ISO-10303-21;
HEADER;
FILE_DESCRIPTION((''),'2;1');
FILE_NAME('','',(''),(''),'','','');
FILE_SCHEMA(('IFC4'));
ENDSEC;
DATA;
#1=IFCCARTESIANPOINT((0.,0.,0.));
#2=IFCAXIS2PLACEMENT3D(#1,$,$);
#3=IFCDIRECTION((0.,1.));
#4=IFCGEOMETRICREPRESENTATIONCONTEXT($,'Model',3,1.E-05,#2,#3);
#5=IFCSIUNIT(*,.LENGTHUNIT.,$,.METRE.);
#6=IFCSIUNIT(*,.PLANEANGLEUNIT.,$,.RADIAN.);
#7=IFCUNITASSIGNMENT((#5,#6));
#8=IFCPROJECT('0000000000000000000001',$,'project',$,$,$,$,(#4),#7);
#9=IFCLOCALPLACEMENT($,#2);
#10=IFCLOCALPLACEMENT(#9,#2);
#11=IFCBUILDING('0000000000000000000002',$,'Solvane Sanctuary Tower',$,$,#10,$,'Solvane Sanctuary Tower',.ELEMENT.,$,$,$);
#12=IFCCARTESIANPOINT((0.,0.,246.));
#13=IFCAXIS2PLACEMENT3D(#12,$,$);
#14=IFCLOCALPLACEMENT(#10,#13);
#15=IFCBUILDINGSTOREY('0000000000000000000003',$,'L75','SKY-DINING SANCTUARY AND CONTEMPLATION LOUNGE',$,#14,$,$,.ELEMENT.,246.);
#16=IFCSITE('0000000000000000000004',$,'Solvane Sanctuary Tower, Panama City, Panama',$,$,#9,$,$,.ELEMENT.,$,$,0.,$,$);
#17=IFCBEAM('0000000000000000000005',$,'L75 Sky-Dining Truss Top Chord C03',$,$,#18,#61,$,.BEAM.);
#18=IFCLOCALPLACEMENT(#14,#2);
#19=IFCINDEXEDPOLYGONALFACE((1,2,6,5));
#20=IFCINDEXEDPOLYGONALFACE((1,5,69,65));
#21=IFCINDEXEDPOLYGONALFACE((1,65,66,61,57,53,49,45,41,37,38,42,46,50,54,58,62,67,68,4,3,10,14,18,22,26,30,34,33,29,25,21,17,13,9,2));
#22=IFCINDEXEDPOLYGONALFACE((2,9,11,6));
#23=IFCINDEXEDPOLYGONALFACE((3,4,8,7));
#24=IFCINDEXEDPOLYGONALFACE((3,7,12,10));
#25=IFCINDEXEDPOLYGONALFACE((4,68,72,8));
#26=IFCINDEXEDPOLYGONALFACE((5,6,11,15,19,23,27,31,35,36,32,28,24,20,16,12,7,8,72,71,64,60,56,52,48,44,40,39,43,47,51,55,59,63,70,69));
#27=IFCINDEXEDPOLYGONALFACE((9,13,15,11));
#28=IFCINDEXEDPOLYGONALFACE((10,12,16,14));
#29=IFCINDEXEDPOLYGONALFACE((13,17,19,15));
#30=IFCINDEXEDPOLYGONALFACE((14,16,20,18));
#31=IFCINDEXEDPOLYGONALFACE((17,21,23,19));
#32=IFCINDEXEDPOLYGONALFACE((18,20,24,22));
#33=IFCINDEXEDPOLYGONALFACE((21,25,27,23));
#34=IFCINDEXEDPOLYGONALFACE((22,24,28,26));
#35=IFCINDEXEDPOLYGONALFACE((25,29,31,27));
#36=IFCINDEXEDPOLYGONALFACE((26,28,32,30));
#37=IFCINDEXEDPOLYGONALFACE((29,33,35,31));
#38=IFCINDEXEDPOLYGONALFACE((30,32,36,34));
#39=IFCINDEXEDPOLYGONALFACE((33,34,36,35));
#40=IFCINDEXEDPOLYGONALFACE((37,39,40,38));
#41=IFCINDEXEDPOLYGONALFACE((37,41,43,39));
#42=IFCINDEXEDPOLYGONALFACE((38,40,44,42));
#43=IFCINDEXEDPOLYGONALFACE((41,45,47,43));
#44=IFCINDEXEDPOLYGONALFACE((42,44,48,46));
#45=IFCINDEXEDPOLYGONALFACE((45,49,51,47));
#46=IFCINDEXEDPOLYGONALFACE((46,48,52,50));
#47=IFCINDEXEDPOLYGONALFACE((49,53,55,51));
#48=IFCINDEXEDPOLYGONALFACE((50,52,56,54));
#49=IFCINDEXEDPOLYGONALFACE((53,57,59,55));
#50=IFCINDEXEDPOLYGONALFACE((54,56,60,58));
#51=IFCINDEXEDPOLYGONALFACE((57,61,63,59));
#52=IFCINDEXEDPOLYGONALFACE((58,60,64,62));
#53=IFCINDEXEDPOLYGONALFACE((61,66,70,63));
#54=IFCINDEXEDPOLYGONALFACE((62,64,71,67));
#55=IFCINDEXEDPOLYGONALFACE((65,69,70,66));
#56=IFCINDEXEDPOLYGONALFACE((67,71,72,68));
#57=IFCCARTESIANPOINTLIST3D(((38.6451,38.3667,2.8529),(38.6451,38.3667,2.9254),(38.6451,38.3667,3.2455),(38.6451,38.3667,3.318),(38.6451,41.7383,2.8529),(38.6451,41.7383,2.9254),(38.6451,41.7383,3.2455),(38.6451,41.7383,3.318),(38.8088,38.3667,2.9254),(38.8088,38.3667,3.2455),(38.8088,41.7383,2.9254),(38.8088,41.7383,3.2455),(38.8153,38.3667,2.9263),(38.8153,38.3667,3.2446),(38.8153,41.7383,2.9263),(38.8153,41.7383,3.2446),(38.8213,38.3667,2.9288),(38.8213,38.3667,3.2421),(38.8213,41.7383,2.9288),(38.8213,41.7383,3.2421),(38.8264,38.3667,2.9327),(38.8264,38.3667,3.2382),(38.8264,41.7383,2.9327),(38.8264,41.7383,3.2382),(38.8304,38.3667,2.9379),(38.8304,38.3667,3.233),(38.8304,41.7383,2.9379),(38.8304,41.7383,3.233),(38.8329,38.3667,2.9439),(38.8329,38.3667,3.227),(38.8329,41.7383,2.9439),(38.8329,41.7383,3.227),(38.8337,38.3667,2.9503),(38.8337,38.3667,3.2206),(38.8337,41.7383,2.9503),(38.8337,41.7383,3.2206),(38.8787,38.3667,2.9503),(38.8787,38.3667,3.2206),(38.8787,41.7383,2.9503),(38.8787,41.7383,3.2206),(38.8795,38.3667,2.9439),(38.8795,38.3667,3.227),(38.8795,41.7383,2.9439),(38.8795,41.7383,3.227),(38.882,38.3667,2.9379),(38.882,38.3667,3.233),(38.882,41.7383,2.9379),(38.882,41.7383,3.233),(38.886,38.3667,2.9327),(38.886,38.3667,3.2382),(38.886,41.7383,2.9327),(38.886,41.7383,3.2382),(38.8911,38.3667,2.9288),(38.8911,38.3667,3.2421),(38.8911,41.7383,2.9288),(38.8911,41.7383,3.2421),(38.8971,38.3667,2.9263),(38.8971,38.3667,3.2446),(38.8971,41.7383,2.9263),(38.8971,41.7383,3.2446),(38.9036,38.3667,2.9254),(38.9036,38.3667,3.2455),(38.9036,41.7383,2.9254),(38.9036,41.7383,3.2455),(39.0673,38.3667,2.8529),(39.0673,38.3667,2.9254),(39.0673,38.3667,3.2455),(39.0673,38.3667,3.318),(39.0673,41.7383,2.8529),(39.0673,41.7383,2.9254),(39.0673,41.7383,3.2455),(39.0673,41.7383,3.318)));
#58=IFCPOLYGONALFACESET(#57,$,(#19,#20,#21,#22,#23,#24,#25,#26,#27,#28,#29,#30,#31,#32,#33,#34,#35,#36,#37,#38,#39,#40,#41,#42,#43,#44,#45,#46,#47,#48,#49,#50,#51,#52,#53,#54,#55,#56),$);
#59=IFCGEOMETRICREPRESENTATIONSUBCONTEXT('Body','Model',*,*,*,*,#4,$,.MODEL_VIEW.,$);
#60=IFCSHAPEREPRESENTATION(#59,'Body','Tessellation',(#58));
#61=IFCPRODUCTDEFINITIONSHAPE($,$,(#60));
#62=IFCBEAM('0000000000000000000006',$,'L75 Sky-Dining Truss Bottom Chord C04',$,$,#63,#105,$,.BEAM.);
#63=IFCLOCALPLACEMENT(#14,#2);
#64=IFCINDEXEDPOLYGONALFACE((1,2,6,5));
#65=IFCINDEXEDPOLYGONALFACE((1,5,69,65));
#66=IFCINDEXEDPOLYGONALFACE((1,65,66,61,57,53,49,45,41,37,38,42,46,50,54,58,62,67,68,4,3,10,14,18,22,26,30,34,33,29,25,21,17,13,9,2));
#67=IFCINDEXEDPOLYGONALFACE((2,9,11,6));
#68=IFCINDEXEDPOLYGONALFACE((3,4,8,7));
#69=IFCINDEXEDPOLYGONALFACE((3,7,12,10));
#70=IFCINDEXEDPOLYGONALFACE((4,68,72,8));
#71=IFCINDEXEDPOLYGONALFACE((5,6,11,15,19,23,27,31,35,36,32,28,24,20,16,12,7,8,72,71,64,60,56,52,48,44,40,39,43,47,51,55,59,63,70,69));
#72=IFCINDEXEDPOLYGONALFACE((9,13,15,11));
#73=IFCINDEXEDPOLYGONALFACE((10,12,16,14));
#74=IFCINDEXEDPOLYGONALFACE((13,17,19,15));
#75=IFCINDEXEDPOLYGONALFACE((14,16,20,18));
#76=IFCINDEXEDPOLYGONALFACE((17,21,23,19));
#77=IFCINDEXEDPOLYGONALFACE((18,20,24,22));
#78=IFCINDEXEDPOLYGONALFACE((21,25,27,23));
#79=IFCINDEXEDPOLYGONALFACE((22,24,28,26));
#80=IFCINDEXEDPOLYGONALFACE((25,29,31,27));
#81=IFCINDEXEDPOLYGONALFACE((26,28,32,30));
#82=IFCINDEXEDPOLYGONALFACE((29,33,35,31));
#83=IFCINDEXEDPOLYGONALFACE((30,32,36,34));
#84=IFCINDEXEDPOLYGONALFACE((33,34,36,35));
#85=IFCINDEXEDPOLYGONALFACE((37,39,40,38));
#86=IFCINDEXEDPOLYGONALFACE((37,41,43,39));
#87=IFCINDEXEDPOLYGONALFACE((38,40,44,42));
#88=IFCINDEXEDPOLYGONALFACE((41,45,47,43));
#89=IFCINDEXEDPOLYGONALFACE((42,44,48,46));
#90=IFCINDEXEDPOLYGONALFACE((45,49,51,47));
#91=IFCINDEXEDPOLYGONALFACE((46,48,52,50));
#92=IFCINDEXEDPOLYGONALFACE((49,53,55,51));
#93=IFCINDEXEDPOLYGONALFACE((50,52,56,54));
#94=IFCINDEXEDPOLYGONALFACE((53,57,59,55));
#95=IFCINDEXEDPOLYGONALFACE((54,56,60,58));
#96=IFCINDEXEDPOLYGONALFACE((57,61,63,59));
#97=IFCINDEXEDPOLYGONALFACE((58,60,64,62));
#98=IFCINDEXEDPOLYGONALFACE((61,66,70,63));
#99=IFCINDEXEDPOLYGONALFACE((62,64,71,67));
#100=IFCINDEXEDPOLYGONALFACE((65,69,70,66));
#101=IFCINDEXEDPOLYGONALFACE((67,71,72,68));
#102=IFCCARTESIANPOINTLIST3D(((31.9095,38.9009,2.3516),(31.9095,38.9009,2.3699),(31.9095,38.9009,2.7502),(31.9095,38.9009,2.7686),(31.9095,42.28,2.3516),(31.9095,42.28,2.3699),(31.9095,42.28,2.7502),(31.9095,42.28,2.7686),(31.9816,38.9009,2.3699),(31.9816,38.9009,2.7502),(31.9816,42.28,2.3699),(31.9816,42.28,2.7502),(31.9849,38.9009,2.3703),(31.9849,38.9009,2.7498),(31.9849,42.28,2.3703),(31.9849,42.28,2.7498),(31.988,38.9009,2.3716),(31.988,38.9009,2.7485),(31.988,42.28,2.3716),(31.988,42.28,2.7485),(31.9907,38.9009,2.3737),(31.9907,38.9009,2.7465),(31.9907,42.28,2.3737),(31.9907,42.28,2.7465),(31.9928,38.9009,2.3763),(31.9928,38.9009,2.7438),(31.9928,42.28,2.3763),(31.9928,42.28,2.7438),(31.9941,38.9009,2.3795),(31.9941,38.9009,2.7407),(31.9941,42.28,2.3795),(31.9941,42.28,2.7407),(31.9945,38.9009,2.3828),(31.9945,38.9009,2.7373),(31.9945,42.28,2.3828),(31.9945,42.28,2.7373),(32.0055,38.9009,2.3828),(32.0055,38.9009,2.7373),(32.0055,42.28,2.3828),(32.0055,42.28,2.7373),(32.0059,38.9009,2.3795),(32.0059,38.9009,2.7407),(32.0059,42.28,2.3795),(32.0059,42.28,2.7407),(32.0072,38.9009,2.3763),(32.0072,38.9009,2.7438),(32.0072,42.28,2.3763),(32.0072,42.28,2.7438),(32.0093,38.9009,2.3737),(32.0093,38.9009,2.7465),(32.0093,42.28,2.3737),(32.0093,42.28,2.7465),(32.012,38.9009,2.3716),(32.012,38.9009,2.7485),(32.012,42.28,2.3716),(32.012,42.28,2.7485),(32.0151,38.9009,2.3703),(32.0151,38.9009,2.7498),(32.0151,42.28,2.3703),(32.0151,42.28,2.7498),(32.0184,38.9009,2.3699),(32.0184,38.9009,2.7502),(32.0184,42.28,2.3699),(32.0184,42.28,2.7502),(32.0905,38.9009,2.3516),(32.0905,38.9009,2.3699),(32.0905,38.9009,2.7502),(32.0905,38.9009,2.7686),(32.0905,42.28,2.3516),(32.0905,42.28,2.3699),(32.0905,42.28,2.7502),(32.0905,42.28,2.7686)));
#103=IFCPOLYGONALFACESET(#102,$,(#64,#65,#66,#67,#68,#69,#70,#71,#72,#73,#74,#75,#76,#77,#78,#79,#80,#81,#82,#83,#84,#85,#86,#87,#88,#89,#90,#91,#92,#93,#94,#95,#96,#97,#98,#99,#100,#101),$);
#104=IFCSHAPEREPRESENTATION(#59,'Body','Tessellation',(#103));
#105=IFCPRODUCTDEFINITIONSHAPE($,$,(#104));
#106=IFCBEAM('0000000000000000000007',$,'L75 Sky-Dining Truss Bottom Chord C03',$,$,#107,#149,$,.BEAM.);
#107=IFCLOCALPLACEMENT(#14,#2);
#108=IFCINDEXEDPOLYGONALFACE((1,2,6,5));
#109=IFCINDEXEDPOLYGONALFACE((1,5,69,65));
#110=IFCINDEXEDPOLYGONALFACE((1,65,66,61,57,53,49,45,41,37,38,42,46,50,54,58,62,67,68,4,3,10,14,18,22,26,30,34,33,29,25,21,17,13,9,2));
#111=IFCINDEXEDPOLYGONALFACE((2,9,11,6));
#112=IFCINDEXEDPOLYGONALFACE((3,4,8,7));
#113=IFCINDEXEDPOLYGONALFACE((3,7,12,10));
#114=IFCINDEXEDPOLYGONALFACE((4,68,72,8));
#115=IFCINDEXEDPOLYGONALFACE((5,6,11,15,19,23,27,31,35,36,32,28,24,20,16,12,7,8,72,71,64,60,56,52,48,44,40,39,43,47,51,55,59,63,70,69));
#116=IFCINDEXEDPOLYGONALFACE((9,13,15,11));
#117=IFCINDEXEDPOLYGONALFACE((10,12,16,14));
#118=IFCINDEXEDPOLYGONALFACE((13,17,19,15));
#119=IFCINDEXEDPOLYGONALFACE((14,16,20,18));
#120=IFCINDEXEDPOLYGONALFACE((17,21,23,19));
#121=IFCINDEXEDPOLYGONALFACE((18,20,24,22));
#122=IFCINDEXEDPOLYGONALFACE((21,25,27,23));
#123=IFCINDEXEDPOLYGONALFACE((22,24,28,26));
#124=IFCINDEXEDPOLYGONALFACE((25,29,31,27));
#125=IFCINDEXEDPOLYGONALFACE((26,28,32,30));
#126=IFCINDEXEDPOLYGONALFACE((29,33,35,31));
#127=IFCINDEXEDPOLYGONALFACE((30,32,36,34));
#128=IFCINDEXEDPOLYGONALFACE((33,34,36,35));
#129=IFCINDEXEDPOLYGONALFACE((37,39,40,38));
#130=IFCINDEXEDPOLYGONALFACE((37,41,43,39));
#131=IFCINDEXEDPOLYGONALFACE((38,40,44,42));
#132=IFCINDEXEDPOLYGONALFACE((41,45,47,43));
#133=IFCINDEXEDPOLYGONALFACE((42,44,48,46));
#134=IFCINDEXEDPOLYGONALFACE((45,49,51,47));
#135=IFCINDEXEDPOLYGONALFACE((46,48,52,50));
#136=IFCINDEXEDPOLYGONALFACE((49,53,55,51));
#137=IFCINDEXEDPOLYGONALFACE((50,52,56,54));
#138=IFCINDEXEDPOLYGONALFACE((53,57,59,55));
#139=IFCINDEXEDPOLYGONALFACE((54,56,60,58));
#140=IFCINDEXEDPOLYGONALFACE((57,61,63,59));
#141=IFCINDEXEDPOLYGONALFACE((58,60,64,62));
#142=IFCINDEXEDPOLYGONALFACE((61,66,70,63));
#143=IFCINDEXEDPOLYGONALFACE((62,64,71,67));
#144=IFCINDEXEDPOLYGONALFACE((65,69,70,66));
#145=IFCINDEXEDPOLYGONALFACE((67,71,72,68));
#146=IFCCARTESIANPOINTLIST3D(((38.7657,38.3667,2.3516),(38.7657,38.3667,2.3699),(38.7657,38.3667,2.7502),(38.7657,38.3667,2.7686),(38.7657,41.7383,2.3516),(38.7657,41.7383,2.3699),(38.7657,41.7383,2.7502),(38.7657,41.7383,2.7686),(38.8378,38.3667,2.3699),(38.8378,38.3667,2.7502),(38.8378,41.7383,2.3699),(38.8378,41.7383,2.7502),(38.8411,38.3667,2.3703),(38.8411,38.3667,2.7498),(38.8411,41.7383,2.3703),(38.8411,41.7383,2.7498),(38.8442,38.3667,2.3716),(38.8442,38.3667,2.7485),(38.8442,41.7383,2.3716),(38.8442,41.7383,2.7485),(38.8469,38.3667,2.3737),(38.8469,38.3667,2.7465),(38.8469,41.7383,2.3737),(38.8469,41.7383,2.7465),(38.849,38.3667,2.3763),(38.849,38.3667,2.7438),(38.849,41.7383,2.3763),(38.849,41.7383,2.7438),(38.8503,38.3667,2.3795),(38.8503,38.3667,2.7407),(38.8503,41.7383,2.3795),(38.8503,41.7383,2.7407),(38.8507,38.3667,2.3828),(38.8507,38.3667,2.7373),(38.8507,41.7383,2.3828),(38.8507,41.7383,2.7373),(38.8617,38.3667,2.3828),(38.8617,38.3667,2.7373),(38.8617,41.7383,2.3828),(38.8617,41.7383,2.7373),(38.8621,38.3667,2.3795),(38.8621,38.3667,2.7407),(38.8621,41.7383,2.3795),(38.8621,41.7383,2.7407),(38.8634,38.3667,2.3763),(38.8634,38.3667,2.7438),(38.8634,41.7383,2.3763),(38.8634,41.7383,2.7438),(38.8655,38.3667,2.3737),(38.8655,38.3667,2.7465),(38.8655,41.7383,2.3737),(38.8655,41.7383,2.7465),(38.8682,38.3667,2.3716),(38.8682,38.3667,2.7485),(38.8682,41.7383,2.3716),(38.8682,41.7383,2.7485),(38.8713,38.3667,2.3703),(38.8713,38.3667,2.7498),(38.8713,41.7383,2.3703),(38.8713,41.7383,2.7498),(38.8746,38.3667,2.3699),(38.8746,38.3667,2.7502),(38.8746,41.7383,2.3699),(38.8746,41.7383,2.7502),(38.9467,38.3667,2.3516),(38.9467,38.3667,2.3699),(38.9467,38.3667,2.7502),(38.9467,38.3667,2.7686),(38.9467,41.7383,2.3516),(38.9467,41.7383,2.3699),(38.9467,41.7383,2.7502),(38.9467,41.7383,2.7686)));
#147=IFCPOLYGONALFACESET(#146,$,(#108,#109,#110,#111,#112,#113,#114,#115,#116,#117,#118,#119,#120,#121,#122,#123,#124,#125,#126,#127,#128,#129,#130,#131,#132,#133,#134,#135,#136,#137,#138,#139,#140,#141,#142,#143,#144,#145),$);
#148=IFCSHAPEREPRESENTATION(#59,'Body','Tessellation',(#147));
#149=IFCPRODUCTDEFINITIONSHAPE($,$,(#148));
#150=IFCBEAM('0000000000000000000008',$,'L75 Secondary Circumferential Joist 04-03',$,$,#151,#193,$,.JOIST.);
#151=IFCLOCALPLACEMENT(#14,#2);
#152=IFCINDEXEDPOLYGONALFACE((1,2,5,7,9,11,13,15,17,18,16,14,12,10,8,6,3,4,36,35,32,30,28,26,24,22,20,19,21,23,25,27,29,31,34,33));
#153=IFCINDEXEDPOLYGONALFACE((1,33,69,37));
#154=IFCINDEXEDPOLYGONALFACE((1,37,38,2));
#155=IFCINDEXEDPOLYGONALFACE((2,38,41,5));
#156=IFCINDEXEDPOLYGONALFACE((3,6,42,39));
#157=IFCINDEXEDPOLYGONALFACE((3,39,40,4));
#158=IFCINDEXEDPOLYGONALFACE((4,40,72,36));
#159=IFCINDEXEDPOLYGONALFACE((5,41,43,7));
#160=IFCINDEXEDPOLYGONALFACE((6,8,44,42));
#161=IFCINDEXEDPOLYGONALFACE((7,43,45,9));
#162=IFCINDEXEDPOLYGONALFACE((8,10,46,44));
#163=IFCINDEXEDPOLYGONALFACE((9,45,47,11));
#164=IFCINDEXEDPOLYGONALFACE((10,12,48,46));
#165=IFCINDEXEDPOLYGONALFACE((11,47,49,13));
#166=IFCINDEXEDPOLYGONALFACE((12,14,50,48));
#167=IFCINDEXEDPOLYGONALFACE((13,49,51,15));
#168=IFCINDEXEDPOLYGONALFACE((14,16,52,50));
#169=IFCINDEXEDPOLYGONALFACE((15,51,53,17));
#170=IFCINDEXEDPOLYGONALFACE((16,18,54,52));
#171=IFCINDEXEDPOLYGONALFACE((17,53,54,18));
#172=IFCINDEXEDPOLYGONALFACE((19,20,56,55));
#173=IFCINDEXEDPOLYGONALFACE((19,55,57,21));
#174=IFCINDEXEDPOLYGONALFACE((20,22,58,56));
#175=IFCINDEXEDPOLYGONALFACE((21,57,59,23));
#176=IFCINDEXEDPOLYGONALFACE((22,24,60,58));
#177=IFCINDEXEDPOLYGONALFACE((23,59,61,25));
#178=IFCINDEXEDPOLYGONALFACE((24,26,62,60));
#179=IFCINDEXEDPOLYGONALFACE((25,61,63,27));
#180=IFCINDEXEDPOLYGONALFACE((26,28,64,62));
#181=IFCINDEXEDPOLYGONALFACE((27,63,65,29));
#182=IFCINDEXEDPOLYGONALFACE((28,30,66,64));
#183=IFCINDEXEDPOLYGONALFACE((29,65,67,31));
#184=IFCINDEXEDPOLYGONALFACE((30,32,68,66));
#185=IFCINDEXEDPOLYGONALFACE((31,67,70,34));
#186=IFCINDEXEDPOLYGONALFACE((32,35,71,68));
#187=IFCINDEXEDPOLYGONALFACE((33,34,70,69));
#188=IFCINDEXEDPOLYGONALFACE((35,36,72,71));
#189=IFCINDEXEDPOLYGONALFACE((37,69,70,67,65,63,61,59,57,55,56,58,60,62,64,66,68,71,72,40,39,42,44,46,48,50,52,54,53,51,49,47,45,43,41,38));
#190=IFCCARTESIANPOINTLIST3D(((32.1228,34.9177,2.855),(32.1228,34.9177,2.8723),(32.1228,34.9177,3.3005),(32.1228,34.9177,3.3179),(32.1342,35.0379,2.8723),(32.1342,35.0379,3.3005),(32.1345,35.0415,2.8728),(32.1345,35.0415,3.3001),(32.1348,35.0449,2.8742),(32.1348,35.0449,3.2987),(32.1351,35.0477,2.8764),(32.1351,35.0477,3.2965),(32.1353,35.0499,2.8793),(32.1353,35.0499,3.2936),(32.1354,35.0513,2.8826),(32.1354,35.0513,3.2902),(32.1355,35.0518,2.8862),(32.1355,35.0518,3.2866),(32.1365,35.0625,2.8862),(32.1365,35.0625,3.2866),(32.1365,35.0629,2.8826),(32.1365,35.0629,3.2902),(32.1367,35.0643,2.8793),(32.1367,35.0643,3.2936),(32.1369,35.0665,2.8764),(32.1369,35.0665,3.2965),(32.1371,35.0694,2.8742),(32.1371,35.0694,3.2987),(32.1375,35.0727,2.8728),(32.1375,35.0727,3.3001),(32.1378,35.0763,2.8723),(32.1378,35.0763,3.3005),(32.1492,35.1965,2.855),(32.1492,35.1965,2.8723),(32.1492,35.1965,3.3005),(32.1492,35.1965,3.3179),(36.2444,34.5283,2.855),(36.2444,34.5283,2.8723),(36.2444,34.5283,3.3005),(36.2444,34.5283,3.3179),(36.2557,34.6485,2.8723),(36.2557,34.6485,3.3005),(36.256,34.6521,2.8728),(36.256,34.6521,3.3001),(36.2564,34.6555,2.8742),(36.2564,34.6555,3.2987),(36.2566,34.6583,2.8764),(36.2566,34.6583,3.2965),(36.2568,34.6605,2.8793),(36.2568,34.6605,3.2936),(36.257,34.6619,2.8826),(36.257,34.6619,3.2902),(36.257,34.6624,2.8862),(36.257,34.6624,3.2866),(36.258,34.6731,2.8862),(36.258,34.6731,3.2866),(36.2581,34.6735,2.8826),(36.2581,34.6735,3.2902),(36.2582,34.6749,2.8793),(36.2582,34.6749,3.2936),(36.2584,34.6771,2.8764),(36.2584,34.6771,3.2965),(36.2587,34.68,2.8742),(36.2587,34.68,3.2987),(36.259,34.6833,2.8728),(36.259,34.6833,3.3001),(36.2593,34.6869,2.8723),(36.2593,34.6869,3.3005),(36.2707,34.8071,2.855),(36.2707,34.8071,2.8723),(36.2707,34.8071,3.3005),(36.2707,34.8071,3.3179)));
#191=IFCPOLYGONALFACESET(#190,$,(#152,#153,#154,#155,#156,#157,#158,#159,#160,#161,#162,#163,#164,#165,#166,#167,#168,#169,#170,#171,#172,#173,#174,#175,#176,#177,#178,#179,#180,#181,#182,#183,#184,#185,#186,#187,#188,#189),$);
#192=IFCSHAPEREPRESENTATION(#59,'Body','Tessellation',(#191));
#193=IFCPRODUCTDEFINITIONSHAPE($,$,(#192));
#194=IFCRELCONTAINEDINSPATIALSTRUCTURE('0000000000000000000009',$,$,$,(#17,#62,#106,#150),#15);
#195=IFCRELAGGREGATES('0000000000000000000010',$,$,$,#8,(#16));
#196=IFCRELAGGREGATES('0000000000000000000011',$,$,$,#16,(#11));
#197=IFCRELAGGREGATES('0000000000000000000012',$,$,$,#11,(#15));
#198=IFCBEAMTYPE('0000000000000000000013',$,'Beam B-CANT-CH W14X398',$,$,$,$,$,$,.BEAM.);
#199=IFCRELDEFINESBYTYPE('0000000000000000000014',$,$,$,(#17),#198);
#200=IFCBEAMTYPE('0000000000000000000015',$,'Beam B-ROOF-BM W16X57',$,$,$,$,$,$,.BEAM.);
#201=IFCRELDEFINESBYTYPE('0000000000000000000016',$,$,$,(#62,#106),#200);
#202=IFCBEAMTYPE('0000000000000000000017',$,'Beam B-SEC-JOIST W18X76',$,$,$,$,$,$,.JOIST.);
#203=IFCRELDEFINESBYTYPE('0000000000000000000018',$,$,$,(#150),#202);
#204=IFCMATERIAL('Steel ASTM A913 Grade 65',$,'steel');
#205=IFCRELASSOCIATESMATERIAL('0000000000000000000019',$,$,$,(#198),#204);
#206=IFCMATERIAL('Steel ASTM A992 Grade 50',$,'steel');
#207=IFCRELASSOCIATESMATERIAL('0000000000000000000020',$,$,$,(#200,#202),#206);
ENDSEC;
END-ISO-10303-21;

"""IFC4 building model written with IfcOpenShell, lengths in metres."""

from ifc_helpers import new_model, si_unit, direction, frame, origin, origin_2d, place, context, subcontext, project, spatial, i_section, extrude, material, material_profile, profile_set, type_object, element, save


model = new_model("IFC4")

# Units and contexts
model_context = context("Model", 3, precision=1e-05, world=origin(), true_north=direction((0.0, 1.0)))
body_context = subcontext(model_context, "Body", "Model", "MODEL_VIEW")
ifc_project = project(units=[si_unit("LENGTHUNIT", "METRE"), si_unit("PLANEANGLEUNIT", "RADIAN")], contexts=[model_context])

# Site, building, storey
site_placement = place(None, origin())
site = spatial("IfcSite", under=ifc_project, at=site_placement, Name="Solvane Sanctuary Tower, Panama City, Panama", CompositionType="ELEMENT", RefElevation=0.0)
building_placement = place(site_placement, origin())
building = spatial("IfcBuilding", under=site, at=building_placement, Name="Solvane Sanctuary Tower", LongName="Solvane Sanctuary Tower", CompositionType="ELEMENT")
storey_placement = place(building_placement, frame((0.0, 0.0, 246.0)))
storey = spatial("IfcBuildingStorey", under=building, at=storey_placement, Name="L75", Description="SKY-DINING SANCTUARY AND CONTEMPLATION LOUNGE", CompositionType="ELEMENT", Elevation=246.0)

# Shared definitions
ifc_material_1 = material(Name="Steel ASTM A913 Grade 65", Category="steel")

# Beams
ifc_material_profile_1 = material_profile(ifc_material_1, i_section(OverallWidth=0.4221, OverallDepth=0.4651, WebThickness=0.0449, FlangeThickness=0.0725, FilletRadius=0.0249, at=origin_2d()), Name="W14X398")
ifc_profile_set_1 = profile_set([ifc_material_profile_1], Name="Steel ASTM A913 Grade 65")
beam_type_1 = type_object("IfcBeamType", Name="Beam B-CANT-CH W14X398", PredefinedType="BEAM", material=ifc_profile_set_1)
beam_1_placement = place(storey_placement, frame((38.8562, 38.3667, 3.0854), z_axis=(0.0, 1.0, 0.0), x_axis=(-1.0, 0.0, 0.0)))
element("IfcBeam", 1, at=beam_1_placement, inside=storey, type_object=beam_type_1, Name="L75 Sky-Dining Truss Top Chord C03", PredefinedType="BEAM", context=body_context, shape_type="SweptSolid", body=[
    extrude(i_section(OverallWidth=0.4221, OverallDepth=0.4651, WebThickness=0.0449, FlangeThickness=0.0725, FilletRadius=0.0249, at=origin_2d()), origin(), (0.0, 0.0, 1.0), 3.3716),
])
ifc_material_2 = material(Name="Steel ASTM A992 Grade 50", Category="steel")
ifc_material_profile_2 = material_profile(ifc_material_2, i_section(OverallWidth=0.1809, OverallDepth=0.417, WebThickness=0.011, FlangeThickness=0.0183, FilletRadius=0.0129, at=origin_2d()), Name="W16X57")
ifc_profile_set_2 = profile_set([ifc_material_profile_2], Name="Steel ASTM A992 Grade 50")
beam_type_2 = type_object("IfcBeamType", Name="Beam B-ROOF-BM W16X57", PredefinedType="BEAM", material=ifc_profile_set_2)
beam_2_placement = place(storey_placement, frame((32.0, 38.9009, 2.5601), z_axis=(0.0, 1.0, 0.0), x_axis=(-1.0, 0.0, 0.0)))
element("IfcBeam", 2, at=beam_2_placement, inside=storey, type_object=beam_type_2, Name="L75 Sky-Dining Truss Bottom Chord C04", PredefinedType="BEAM", context=body_context, shape_type="SweptSolid", body=[
    extrude(i_section(OverallWidth=0.1809, OverallDepth=0.417, WebThickness=0.011, FlangeThickness=0.0183, FilletRadius=0.0129, at=origin_2d()), origin(), (0.0, 0.0, 1.0), 3.3792),
])
beam_3_placement = place(storey_placement, frame((38.8562, 38.3667, 2.5601), z_axis=(0.0, 1.0, 0.0), x_axis=(-1.0, 0.0, 0.0)))
element("IfcBeam", 3, at=beam_3_placement, inside=storey, type_object=beam_type_2, Name="L75 Sky-Dining Truss Bottom Chord C03", PredefinedType="BEAM", context=body_context, shape_type="SweptSolid", body=[
    extrude(i_section(OverallWidth=0.1809, OverallDepth=0.417, WebThickness=0.011, FlangeThickness=0.0183, FilletRadius=0.0129, at=origin_2d()), origin(), (0.0, 0.0, 1.0), 3.3716),
])
ifc_material_profile_3 = material_profile(ifc_material_2, i_section(OverallWidth=0.28, OverallDepth=0.4629, WebThickness=0.0107, FlangeThickness=0.0173, FilletRadius=0.0139, at=origin_2d()), Name="W18X76")
ifc_profile_set_3 = profile_set([ifc_material_profile_3], Name="Steel ASTM A992 Grade 50")
beam_type_3 = type_object("IfcBeamType", Name="Beam B-SEC-JOIST W18X76", PredefinedType="JOIST", material=ifc_profile_set_3)
beam_4_placement = place(storey_placement, frame((32.136, 35.0571, 3.0864), z_axis=(0.995566, -0.09406, 0.0), x_axis=(0.09406, 0.995566, 0.0)))
element("IfcBeam", 4, at=beam_4_placement, inside=storey, type_object=beam_type_3, Name="L75 Secondary Circumferential Joist 04-03", PredefinedType="JOIST", context=body_context, shape_type="SweptSolid", body=[
    extrude(i_section(OverallWidth=0.28, OverallDepth=0.4629, WebThickness=0.0107, FlangeThickness=0.0173, FilletRadius=0.0139, at=origin_2d()), origin(), (0.0, 0.0, 1.0), 4.1399),
])

save(model, "model.ifc")
